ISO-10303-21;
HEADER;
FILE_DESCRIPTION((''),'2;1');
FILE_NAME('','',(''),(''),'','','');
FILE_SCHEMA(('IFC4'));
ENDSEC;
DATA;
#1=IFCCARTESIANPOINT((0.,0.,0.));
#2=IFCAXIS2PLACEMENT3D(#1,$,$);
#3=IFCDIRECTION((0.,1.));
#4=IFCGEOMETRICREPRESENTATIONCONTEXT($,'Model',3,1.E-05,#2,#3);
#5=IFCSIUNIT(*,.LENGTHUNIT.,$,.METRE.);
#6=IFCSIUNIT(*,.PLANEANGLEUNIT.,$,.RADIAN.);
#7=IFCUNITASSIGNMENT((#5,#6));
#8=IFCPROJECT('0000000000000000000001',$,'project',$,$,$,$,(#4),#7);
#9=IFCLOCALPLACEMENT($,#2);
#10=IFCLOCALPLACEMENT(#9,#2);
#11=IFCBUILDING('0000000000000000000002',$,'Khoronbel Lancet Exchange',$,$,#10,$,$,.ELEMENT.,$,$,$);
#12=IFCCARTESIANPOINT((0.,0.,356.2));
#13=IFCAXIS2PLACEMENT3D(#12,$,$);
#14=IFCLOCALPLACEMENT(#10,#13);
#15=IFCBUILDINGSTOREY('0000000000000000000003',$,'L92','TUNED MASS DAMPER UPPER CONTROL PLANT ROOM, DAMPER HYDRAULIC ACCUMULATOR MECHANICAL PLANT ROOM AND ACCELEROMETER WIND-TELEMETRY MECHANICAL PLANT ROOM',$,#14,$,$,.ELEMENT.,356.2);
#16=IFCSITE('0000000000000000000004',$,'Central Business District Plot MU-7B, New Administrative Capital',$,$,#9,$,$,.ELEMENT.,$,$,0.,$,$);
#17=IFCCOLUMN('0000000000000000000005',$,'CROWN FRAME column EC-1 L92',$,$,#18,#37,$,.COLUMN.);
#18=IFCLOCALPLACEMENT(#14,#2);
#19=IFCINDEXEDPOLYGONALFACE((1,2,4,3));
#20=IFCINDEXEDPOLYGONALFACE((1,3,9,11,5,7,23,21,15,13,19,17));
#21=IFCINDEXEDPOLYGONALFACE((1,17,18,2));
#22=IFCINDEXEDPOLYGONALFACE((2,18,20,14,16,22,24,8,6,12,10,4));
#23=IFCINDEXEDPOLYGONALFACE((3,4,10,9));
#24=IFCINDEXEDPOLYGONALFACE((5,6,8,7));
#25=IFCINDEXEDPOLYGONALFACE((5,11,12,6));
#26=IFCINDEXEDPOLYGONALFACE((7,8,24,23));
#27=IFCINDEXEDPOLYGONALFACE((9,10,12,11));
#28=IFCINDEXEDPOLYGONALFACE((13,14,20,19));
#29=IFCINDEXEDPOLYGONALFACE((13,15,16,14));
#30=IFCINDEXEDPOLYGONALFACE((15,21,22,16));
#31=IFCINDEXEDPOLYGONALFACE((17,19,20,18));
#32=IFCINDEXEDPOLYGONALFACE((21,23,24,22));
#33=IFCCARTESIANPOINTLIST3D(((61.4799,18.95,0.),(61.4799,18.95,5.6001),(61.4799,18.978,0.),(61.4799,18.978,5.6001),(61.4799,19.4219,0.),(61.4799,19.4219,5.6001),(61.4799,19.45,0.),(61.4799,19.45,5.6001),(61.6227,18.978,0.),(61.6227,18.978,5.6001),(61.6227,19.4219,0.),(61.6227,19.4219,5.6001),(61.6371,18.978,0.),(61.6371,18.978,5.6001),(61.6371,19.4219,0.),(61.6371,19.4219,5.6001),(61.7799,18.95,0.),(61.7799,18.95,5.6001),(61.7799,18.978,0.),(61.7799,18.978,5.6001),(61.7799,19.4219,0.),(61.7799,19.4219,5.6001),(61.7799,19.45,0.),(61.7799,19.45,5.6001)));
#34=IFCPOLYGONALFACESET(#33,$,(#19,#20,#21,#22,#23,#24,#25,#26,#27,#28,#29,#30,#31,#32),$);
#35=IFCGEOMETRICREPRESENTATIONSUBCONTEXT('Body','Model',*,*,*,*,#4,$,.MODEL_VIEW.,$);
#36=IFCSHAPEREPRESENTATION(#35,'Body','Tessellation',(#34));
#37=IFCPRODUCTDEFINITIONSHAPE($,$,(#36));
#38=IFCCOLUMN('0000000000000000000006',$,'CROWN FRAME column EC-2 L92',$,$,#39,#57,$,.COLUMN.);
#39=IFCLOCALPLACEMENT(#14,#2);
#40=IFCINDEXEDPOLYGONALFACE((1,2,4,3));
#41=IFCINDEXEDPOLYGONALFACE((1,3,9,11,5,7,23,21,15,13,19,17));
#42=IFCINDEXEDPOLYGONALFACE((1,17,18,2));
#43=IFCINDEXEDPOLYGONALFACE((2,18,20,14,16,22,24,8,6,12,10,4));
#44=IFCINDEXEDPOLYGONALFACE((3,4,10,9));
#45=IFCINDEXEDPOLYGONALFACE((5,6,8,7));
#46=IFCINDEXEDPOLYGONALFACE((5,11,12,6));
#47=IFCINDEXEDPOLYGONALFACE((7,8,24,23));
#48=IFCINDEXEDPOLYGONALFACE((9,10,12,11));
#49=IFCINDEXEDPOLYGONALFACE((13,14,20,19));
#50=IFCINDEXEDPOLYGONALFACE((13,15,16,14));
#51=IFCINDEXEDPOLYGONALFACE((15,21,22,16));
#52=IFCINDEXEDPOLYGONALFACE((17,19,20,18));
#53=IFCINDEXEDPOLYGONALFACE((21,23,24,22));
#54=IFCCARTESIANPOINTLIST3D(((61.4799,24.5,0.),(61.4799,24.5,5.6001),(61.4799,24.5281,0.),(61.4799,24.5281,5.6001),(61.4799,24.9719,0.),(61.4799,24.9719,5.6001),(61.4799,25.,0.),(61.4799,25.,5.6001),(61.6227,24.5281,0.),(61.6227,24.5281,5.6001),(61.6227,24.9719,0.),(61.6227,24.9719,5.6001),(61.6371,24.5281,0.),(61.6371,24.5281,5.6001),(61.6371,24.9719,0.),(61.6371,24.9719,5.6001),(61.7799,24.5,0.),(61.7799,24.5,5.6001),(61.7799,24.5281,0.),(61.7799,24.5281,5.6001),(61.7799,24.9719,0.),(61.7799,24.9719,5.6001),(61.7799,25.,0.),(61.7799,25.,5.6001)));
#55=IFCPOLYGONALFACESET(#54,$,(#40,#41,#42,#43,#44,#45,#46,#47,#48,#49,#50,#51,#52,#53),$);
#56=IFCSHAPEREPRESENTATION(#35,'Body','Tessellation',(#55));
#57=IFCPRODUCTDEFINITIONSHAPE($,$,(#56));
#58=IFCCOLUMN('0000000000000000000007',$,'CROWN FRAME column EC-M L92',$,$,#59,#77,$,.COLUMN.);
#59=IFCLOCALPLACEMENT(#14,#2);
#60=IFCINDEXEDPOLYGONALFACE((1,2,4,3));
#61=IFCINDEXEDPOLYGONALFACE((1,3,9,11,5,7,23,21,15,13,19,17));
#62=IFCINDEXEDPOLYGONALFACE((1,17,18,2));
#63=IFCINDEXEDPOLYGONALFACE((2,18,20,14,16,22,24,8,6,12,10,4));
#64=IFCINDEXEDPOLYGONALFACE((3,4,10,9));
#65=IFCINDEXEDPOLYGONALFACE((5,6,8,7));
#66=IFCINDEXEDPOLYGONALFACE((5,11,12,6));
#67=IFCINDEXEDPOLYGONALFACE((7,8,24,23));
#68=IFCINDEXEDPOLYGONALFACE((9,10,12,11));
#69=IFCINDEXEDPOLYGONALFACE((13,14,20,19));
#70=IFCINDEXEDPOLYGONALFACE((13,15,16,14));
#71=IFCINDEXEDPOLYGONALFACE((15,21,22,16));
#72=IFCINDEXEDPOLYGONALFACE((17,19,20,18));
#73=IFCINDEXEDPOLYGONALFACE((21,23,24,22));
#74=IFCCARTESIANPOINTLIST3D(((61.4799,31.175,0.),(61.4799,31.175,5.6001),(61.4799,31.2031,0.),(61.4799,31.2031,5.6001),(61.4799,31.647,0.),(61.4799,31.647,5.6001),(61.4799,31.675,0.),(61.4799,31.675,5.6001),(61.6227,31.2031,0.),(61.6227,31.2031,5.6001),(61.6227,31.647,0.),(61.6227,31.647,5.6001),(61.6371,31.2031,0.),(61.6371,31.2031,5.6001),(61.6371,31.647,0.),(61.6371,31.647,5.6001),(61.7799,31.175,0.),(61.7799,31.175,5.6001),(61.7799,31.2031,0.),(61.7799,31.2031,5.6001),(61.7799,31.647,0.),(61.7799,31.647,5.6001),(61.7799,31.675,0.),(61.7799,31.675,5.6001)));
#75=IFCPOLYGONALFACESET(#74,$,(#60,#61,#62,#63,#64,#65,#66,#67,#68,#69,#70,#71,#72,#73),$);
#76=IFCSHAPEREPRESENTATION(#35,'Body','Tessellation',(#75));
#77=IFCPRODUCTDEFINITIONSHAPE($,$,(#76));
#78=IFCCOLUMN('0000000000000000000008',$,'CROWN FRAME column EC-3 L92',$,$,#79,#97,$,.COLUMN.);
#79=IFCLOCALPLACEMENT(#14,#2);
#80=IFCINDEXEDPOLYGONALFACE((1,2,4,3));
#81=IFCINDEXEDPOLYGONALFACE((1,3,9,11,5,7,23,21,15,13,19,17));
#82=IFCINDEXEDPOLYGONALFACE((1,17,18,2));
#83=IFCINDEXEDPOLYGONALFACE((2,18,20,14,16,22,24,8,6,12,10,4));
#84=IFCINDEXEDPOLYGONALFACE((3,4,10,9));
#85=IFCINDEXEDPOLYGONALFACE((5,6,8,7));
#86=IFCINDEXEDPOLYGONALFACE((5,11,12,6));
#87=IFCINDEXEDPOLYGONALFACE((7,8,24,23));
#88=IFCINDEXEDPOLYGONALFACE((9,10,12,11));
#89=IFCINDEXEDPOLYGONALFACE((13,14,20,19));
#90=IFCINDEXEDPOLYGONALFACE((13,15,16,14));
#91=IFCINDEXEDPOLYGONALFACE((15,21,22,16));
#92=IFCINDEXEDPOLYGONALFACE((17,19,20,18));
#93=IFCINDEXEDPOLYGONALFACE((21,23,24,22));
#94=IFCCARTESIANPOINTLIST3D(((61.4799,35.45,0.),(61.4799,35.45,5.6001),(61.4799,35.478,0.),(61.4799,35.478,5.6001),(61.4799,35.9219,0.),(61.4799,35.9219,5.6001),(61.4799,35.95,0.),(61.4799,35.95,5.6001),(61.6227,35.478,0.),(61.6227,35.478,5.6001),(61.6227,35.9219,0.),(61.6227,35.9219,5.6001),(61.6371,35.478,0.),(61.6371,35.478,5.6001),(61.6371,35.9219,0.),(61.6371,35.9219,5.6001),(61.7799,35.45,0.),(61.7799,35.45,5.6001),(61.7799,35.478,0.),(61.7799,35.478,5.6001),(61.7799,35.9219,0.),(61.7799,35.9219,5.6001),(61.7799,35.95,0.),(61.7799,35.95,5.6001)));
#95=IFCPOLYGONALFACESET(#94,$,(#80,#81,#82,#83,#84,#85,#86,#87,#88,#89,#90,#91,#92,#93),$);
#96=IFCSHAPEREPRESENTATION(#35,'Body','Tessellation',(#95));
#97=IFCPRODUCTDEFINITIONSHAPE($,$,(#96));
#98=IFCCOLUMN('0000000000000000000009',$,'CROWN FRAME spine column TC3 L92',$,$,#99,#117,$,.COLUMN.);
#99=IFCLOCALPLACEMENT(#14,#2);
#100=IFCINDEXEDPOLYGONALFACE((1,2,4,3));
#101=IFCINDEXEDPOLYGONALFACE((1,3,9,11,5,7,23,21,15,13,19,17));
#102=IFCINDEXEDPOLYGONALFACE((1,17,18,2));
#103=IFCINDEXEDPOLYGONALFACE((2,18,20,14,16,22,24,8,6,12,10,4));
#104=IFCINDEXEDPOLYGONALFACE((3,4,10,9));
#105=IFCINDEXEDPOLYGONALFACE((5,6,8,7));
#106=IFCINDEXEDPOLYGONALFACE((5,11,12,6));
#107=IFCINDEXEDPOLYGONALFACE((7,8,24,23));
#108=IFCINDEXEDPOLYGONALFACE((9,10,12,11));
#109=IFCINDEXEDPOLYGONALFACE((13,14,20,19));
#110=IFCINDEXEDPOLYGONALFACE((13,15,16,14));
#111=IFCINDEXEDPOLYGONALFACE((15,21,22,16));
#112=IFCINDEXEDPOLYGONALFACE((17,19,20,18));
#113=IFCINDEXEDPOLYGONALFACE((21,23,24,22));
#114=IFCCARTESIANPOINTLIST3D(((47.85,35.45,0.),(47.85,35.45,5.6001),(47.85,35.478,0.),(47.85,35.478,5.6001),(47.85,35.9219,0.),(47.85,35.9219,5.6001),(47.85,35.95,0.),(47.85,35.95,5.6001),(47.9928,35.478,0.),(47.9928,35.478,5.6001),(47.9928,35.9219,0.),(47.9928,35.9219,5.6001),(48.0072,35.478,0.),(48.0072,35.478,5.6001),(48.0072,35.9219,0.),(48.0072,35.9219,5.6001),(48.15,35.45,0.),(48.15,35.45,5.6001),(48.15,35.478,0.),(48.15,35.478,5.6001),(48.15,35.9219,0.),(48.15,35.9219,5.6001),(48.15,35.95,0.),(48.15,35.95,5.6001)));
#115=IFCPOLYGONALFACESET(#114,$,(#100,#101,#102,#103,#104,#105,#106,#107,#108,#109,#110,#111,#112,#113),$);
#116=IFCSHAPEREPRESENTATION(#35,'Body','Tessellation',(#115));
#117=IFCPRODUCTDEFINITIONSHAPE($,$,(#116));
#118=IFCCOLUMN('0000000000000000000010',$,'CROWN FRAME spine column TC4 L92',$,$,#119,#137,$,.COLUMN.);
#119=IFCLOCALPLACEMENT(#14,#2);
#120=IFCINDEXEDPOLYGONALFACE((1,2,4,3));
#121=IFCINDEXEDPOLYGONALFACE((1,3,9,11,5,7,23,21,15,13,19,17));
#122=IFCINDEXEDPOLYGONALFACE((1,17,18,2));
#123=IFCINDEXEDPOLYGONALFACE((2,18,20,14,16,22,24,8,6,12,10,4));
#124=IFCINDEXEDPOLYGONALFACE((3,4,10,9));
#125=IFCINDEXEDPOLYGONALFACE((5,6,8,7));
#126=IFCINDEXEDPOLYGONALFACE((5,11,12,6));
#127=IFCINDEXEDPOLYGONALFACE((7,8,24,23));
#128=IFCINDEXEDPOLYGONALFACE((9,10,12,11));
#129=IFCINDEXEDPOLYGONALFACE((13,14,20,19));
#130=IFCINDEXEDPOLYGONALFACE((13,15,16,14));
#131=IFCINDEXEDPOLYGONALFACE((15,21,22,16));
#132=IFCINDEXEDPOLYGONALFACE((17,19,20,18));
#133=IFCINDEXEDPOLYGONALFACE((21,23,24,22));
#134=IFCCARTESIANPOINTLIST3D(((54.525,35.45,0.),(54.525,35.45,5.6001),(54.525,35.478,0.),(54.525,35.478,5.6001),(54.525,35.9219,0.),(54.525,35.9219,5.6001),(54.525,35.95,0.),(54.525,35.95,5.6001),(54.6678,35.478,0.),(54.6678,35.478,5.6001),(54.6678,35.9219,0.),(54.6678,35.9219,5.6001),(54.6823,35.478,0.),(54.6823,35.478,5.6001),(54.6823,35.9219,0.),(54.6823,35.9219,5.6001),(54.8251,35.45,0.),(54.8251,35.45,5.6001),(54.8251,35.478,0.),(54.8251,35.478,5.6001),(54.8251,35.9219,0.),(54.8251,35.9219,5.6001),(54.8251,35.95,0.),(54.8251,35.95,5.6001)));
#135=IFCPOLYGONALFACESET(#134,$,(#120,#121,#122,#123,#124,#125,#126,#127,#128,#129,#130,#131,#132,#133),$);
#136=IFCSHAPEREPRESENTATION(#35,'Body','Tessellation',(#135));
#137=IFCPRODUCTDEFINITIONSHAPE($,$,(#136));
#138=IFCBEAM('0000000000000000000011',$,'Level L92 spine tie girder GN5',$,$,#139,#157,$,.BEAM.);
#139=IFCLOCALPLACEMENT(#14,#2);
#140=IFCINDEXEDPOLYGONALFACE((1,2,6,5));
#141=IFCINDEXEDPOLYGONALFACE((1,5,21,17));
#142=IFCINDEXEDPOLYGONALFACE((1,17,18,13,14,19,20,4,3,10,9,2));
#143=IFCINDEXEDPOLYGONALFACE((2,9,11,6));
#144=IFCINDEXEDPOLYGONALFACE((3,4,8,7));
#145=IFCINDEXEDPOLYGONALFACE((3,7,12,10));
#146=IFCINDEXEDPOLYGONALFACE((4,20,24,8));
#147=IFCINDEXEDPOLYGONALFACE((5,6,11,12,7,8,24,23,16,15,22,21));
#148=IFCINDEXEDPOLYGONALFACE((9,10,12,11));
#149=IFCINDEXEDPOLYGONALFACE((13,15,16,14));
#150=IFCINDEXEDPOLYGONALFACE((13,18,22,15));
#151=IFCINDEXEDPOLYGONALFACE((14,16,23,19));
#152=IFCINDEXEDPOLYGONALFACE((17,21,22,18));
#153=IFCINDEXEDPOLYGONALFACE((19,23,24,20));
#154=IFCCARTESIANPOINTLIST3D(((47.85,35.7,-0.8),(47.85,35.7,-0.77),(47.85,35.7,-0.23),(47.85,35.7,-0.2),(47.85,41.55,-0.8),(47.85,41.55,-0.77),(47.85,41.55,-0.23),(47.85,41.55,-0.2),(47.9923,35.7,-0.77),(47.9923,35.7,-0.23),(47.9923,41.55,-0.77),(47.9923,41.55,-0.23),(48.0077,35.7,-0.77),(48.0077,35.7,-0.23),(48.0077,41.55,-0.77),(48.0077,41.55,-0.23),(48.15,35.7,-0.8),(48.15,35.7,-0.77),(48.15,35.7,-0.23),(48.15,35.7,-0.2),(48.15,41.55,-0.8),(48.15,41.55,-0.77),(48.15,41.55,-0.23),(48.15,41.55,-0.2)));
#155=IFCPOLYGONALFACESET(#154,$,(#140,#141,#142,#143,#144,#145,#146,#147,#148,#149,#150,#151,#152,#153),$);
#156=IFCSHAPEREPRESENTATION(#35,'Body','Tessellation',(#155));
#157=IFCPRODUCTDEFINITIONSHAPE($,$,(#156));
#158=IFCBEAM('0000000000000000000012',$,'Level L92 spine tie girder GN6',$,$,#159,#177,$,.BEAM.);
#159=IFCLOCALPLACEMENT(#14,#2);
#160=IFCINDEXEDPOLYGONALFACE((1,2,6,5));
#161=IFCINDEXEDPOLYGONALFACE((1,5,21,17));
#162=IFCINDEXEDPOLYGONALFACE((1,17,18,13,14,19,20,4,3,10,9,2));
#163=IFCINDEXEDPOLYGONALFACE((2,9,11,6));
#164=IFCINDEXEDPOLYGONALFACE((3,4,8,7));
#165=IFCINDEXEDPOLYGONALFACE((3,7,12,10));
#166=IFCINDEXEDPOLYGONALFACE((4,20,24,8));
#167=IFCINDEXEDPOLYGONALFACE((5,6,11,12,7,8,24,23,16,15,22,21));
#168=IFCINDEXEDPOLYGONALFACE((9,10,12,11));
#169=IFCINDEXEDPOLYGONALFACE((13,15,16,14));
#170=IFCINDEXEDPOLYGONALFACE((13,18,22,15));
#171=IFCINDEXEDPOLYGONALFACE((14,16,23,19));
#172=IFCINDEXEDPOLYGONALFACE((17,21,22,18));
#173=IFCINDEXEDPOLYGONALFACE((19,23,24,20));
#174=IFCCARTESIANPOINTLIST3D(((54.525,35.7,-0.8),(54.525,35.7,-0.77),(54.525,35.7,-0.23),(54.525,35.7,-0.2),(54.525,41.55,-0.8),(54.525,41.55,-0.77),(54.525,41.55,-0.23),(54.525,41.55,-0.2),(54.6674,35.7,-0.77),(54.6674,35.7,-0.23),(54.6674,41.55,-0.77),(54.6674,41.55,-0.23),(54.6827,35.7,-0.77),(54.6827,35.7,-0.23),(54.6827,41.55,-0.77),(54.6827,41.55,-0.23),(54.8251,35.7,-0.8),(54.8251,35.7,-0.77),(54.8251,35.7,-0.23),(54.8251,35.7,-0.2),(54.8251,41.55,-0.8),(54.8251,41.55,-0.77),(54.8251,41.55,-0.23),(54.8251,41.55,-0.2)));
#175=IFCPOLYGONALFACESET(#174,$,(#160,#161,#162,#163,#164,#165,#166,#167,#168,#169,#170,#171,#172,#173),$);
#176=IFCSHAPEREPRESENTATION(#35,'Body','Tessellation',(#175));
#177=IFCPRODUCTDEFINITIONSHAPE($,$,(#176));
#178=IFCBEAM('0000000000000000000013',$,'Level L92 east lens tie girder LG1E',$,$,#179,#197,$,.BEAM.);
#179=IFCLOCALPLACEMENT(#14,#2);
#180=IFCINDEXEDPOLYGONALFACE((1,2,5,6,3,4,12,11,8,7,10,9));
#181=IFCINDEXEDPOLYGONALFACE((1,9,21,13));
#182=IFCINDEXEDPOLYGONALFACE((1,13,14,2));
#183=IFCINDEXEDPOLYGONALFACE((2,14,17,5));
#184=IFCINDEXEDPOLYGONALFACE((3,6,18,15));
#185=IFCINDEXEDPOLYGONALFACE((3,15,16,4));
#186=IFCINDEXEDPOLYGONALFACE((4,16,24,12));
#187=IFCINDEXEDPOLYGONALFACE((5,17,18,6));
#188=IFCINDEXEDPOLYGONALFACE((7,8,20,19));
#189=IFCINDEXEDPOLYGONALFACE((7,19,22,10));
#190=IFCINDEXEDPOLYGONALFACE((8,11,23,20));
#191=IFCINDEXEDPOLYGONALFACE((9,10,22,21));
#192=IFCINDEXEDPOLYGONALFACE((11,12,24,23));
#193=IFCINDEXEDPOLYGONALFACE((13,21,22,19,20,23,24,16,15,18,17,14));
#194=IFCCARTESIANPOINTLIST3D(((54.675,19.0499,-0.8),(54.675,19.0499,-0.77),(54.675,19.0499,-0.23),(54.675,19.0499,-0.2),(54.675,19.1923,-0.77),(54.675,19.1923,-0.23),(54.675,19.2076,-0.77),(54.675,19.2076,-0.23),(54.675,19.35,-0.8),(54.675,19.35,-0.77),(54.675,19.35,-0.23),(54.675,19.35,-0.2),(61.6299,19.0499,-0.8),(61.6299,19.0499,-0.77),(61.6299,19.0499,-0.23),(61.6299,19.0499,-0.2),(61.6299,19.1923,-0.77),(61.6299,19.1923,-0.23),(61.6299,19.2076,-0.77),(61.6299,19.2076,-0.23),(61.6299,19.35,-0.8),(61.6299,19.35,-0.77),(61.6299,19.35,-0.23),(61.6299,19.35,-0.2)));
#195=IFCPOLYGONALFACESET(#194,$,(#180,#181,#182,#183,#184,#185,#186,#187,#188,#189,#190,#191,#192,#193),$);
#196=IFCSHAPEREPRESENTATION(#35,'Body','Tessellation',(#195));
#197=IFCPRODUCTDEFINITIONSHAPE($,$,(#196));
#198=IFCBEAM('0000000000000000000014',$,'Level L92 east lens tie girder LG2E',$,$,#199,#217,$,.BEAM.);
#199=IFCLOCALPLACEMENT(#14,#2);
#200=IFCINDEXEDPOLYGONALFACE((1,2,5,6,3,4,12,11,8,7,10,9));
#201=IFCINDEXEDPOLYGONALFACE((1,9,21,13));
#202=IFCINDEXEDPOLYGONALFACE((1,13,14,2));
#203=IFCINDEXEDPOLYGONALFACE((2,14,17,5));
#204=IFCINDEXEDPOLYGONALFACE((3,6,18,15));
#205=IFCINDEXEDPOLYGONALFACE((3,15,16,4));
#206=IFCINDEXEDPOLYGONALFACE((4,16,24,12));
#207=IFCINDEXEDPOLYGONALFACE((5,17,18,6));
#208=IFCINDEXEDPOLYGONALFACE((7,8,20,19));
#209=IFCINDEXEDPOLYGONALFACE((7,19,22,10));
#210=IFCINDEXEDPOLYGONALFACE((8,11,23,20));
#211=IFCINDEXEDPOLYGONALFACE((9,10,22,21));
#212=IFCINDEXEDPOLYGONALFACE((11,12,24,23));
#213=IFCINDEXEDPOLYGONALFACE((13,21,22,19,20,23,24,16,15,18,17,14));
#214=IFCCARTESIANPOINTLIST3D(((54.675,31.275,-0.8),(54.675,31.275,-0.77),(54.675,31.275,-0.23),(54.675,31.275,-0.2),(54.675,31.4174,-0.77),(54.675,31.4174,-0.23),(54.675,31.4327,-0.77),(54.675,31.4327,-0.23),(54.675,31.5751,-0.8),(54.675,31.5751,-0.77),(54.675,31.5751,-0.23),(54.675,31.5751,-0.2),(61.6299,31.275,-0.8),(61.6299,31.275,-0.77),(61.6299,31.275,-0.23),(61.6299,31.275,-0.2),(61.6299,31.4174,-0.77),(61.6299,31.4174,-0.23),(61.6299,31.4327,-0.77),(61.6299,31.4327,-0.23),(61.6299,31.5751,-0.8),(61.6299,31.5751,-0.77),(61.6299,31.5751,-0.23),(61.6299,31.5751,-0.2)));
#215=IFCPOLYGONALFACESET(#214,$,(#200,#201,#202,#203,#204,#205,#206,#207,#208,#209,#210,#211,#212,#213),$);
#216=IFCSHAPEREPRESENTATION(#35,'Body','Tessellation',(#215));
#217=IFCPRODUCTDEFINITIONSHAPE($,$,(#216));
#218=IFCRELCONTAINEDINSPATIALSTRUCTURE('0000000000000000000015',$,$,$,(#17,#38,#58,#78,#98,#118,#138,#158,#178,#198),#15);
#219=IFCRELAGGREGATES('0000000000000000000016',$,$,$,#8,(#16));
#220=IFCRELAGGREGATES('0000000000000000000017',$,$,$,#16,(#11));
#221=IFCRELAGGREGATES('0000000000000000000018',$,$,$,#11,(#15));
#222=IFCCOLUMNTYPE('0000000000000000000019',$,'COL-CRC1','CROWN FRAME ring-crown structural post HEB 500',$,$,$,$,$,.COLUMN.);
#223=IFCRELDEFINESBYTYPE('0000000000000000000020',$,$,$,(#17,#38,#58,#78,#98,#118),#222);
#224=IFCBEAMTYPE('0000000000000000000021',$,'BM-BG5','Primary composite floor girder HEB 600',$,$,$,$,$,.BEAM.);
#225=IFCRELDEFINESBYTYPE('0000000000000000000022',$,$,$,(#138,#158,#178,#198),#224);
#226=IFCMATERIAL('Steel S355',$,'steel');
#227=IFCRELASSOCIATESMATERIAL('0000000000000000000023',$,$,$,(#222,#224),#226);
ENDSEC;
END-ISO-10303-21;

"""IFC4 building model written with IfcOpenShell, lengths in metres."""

from ifc_helpers import new_model, si_unit, direction, frame, origin, origin_2d, place, context, subcontext, project, spatial, i_section, extrude, material, material_profile, profile_set, type_object, element, save


model = new_model("IFC4")

# Units and contexts
model_context = context("Model", 3, precision=1e-05, world=origin(), true_north=direction((0.0, 1.0)))
body_context = subcontext(model_context, "Body", "Model", "MODEL_VIEW")
ifc_project = project(units=[si_unit("LENGTHUNIT", "METRE"), si_unit("PLANEANGLEUNIT", "RADIAN")], contexts=[model_context])

# Site, building, storey
site_placement = place(None, origin())
site = spatial("IfcSite", under=ifc_project, at=site_placement, Name="Central Business District Plot MU-7B, New Administrative Capital", CompositionType="ELEMENT", RefElevation=0.0)
building_placement = place(site_placement, origin())
building = spatial("IfcBuilding", under=site, at=building_placement, Name="Khoronbel Lancet Exchange", CompositionType="ELEMENT")
storey_placement = place(building_placement, frame((0.0, 0.0, 356.2)))
storey = spatial("IfcBuildingStorey", under=building, at=storey_placement, Name="L92", Description="TUNED MASS DAMPER UPPER CONTROL PLANT ROOM, DAMPER HYDRAULIC ACCUMULATOR MECHANICAL PLANT ROOM AND ACCELEROMETER WIND-TELEMETRY MECHANICAL PLANT ROOM", CompositionType="ELEMENT", Elevation=356.2)

# Columns
ifc_material_1 = material(Name="Steel S355", Category="steel")
ifc_material_profile_1 = material_profile(ifc_material_1, i_section(OverallWidth=0.3, OverallDepth=0.5, WebThickness=0.0144, FlangeThickness=0.0281, at=origin_2d()), Name="HEB 500")
ifc_profile_set_1 = profile_set([ifc_material_profile_1], Name="Steel S355")
column_type = type_object("IfcColumnType", Name="COL-CRC1", Description="CROWN FRAME ring-crown structural post HEB 500", PredefinedType="COLUMN", material=ifc_profile_set_1)
for number, where, z_axis, x_axis, name in (
    (1, (61.6299, 19.2, 0.0), (0.0, 0.0, 1.0), (1.0, 0.0, 0.0), "CROWN FRAME column EC-1 L92"),
    (2, (61.6299, 24.75, 0.0), (0.0, 0.0, 1.0), (1.0, 0.0, 0.0), "CROWN FRAME column EC-2 L92"),
    (3, (61.6299, 31.425, 0.0), (0.0, 0.0, 1.0), (1.0, 0.0, 0.0), "CROWN FRAME column EC-M L92"),
    (4, (61.6299, 35.7, 0.0), (0.0, 0.0, 1.0), (1.0, 0.0, 0.0), "CROWN FRAME column EC-3 L92"),
    (5, (48.0, 35.7, 0.0), (0.0, 0.0, 1.0), (1.0, 0.0, 0.0), "CROWN FRAME spine column TC3 L92"),
    (6, (54.675, 35.7, 0.0), (0.0, 0.0, 1.0), (1.0, 0.0, 0.0), "CROWN FRAME spine column TC4 L92"),
):
    element("IfcColumn", number, at=place(storey_placement, frame(where, z_axis=z_axis, x_axis=x_axis)), inside=storey, type_object=column_type, Name=name, PredefinedType="COLUMN", context=body_context, shape_type="SweptSolid", body=[
        extrude(i_section(OverallWidth=0.3, OverallDepth=0.5, WebThickness=0.0144, FlangeThickness=0.0281, at=origin_2d()), origin(), (0.0, 0.0, 1.0), 5.6001),
    ])

# Beams
ifc_material_profile_2 = material_profile(ifc_material_1, i_section(OverallWidth=0.3, OverallDepth=0.6001, WebThickness=0.0154, FlangeThickness=0.03, at=origin_2d()), Name="HEB 600")
ifc_profile_set_2 = profile_set([ifc_material_profile_2], Name="Steel S355")
beam_type_1 = type_object("IfcBeamType", Name="BM-BG5", Description="Primary composite floor girder HEB 600", PredefinedType="BEAM", material=ifc_profile_set_2)
for number, where, z_axis, x_axis, name in (
    (7, (48.0, 35.7, -0.5), (0.0, 1.0, 0.0), (-1.0, 0.0, 0.0), "Level L92 spine tie girder GN5"),
    (8, (54.675, 35.7, -0.5), (0.0, 1.0, 0.0), (-1.0, 0.0, 0.0), "Level L92 spine tie girder GN6"),
):
    element("IfcBeam", number, at=place(storey_placement, frame(where, z_axis=z_axis, x_axis=x_axis)), inside=storey, type_object=beam_type_1, Name=name, PredefinedType="BEAM", context=body_context, shape_type="SweptSolid", body=[
        extrude(i_section(OverallWidth=0.3, OverallDepth=0.6001, WebThickness=0.0154, FlangeThickness=0.03, at=origin_2d()), origin(), (0.0, 0.0, 1.0), 5.8501),
    ])
for number, where, z_axis, x_axis, name in (
    (9, (54.675, 19.2, -0.5), (1.0, 0.0, 0.0), (0.0, 1.0, 0.0), "Level L92 east lens tie girder LG1E"),
    (10, (54.675, 31.425, -0.5), (1.0, 0.0, 0.0), (0.0, 1.0, 0.0), "Level L92 east lens tie girder LG2E"),
):
    element("IfcBeam", number, at=place(storey_placement, frame(where, z_axis=z_axis, x_axis=x_axis)), inside=storey, type_object=beam_type_1, Name=name, PredefinedType="BEAM", context=body_context, shape_type="SweptSolid", body=[
        extrude(i_section(OverallWidth=0.3, OverallDepth=0.6001, WebThickness=0.0154, FlangeThickness=0.03, at=origin_2d()), origin(), (0.0, 0.0, 1.0), 6.9548),
    ])

save(model, "model.ifc")
